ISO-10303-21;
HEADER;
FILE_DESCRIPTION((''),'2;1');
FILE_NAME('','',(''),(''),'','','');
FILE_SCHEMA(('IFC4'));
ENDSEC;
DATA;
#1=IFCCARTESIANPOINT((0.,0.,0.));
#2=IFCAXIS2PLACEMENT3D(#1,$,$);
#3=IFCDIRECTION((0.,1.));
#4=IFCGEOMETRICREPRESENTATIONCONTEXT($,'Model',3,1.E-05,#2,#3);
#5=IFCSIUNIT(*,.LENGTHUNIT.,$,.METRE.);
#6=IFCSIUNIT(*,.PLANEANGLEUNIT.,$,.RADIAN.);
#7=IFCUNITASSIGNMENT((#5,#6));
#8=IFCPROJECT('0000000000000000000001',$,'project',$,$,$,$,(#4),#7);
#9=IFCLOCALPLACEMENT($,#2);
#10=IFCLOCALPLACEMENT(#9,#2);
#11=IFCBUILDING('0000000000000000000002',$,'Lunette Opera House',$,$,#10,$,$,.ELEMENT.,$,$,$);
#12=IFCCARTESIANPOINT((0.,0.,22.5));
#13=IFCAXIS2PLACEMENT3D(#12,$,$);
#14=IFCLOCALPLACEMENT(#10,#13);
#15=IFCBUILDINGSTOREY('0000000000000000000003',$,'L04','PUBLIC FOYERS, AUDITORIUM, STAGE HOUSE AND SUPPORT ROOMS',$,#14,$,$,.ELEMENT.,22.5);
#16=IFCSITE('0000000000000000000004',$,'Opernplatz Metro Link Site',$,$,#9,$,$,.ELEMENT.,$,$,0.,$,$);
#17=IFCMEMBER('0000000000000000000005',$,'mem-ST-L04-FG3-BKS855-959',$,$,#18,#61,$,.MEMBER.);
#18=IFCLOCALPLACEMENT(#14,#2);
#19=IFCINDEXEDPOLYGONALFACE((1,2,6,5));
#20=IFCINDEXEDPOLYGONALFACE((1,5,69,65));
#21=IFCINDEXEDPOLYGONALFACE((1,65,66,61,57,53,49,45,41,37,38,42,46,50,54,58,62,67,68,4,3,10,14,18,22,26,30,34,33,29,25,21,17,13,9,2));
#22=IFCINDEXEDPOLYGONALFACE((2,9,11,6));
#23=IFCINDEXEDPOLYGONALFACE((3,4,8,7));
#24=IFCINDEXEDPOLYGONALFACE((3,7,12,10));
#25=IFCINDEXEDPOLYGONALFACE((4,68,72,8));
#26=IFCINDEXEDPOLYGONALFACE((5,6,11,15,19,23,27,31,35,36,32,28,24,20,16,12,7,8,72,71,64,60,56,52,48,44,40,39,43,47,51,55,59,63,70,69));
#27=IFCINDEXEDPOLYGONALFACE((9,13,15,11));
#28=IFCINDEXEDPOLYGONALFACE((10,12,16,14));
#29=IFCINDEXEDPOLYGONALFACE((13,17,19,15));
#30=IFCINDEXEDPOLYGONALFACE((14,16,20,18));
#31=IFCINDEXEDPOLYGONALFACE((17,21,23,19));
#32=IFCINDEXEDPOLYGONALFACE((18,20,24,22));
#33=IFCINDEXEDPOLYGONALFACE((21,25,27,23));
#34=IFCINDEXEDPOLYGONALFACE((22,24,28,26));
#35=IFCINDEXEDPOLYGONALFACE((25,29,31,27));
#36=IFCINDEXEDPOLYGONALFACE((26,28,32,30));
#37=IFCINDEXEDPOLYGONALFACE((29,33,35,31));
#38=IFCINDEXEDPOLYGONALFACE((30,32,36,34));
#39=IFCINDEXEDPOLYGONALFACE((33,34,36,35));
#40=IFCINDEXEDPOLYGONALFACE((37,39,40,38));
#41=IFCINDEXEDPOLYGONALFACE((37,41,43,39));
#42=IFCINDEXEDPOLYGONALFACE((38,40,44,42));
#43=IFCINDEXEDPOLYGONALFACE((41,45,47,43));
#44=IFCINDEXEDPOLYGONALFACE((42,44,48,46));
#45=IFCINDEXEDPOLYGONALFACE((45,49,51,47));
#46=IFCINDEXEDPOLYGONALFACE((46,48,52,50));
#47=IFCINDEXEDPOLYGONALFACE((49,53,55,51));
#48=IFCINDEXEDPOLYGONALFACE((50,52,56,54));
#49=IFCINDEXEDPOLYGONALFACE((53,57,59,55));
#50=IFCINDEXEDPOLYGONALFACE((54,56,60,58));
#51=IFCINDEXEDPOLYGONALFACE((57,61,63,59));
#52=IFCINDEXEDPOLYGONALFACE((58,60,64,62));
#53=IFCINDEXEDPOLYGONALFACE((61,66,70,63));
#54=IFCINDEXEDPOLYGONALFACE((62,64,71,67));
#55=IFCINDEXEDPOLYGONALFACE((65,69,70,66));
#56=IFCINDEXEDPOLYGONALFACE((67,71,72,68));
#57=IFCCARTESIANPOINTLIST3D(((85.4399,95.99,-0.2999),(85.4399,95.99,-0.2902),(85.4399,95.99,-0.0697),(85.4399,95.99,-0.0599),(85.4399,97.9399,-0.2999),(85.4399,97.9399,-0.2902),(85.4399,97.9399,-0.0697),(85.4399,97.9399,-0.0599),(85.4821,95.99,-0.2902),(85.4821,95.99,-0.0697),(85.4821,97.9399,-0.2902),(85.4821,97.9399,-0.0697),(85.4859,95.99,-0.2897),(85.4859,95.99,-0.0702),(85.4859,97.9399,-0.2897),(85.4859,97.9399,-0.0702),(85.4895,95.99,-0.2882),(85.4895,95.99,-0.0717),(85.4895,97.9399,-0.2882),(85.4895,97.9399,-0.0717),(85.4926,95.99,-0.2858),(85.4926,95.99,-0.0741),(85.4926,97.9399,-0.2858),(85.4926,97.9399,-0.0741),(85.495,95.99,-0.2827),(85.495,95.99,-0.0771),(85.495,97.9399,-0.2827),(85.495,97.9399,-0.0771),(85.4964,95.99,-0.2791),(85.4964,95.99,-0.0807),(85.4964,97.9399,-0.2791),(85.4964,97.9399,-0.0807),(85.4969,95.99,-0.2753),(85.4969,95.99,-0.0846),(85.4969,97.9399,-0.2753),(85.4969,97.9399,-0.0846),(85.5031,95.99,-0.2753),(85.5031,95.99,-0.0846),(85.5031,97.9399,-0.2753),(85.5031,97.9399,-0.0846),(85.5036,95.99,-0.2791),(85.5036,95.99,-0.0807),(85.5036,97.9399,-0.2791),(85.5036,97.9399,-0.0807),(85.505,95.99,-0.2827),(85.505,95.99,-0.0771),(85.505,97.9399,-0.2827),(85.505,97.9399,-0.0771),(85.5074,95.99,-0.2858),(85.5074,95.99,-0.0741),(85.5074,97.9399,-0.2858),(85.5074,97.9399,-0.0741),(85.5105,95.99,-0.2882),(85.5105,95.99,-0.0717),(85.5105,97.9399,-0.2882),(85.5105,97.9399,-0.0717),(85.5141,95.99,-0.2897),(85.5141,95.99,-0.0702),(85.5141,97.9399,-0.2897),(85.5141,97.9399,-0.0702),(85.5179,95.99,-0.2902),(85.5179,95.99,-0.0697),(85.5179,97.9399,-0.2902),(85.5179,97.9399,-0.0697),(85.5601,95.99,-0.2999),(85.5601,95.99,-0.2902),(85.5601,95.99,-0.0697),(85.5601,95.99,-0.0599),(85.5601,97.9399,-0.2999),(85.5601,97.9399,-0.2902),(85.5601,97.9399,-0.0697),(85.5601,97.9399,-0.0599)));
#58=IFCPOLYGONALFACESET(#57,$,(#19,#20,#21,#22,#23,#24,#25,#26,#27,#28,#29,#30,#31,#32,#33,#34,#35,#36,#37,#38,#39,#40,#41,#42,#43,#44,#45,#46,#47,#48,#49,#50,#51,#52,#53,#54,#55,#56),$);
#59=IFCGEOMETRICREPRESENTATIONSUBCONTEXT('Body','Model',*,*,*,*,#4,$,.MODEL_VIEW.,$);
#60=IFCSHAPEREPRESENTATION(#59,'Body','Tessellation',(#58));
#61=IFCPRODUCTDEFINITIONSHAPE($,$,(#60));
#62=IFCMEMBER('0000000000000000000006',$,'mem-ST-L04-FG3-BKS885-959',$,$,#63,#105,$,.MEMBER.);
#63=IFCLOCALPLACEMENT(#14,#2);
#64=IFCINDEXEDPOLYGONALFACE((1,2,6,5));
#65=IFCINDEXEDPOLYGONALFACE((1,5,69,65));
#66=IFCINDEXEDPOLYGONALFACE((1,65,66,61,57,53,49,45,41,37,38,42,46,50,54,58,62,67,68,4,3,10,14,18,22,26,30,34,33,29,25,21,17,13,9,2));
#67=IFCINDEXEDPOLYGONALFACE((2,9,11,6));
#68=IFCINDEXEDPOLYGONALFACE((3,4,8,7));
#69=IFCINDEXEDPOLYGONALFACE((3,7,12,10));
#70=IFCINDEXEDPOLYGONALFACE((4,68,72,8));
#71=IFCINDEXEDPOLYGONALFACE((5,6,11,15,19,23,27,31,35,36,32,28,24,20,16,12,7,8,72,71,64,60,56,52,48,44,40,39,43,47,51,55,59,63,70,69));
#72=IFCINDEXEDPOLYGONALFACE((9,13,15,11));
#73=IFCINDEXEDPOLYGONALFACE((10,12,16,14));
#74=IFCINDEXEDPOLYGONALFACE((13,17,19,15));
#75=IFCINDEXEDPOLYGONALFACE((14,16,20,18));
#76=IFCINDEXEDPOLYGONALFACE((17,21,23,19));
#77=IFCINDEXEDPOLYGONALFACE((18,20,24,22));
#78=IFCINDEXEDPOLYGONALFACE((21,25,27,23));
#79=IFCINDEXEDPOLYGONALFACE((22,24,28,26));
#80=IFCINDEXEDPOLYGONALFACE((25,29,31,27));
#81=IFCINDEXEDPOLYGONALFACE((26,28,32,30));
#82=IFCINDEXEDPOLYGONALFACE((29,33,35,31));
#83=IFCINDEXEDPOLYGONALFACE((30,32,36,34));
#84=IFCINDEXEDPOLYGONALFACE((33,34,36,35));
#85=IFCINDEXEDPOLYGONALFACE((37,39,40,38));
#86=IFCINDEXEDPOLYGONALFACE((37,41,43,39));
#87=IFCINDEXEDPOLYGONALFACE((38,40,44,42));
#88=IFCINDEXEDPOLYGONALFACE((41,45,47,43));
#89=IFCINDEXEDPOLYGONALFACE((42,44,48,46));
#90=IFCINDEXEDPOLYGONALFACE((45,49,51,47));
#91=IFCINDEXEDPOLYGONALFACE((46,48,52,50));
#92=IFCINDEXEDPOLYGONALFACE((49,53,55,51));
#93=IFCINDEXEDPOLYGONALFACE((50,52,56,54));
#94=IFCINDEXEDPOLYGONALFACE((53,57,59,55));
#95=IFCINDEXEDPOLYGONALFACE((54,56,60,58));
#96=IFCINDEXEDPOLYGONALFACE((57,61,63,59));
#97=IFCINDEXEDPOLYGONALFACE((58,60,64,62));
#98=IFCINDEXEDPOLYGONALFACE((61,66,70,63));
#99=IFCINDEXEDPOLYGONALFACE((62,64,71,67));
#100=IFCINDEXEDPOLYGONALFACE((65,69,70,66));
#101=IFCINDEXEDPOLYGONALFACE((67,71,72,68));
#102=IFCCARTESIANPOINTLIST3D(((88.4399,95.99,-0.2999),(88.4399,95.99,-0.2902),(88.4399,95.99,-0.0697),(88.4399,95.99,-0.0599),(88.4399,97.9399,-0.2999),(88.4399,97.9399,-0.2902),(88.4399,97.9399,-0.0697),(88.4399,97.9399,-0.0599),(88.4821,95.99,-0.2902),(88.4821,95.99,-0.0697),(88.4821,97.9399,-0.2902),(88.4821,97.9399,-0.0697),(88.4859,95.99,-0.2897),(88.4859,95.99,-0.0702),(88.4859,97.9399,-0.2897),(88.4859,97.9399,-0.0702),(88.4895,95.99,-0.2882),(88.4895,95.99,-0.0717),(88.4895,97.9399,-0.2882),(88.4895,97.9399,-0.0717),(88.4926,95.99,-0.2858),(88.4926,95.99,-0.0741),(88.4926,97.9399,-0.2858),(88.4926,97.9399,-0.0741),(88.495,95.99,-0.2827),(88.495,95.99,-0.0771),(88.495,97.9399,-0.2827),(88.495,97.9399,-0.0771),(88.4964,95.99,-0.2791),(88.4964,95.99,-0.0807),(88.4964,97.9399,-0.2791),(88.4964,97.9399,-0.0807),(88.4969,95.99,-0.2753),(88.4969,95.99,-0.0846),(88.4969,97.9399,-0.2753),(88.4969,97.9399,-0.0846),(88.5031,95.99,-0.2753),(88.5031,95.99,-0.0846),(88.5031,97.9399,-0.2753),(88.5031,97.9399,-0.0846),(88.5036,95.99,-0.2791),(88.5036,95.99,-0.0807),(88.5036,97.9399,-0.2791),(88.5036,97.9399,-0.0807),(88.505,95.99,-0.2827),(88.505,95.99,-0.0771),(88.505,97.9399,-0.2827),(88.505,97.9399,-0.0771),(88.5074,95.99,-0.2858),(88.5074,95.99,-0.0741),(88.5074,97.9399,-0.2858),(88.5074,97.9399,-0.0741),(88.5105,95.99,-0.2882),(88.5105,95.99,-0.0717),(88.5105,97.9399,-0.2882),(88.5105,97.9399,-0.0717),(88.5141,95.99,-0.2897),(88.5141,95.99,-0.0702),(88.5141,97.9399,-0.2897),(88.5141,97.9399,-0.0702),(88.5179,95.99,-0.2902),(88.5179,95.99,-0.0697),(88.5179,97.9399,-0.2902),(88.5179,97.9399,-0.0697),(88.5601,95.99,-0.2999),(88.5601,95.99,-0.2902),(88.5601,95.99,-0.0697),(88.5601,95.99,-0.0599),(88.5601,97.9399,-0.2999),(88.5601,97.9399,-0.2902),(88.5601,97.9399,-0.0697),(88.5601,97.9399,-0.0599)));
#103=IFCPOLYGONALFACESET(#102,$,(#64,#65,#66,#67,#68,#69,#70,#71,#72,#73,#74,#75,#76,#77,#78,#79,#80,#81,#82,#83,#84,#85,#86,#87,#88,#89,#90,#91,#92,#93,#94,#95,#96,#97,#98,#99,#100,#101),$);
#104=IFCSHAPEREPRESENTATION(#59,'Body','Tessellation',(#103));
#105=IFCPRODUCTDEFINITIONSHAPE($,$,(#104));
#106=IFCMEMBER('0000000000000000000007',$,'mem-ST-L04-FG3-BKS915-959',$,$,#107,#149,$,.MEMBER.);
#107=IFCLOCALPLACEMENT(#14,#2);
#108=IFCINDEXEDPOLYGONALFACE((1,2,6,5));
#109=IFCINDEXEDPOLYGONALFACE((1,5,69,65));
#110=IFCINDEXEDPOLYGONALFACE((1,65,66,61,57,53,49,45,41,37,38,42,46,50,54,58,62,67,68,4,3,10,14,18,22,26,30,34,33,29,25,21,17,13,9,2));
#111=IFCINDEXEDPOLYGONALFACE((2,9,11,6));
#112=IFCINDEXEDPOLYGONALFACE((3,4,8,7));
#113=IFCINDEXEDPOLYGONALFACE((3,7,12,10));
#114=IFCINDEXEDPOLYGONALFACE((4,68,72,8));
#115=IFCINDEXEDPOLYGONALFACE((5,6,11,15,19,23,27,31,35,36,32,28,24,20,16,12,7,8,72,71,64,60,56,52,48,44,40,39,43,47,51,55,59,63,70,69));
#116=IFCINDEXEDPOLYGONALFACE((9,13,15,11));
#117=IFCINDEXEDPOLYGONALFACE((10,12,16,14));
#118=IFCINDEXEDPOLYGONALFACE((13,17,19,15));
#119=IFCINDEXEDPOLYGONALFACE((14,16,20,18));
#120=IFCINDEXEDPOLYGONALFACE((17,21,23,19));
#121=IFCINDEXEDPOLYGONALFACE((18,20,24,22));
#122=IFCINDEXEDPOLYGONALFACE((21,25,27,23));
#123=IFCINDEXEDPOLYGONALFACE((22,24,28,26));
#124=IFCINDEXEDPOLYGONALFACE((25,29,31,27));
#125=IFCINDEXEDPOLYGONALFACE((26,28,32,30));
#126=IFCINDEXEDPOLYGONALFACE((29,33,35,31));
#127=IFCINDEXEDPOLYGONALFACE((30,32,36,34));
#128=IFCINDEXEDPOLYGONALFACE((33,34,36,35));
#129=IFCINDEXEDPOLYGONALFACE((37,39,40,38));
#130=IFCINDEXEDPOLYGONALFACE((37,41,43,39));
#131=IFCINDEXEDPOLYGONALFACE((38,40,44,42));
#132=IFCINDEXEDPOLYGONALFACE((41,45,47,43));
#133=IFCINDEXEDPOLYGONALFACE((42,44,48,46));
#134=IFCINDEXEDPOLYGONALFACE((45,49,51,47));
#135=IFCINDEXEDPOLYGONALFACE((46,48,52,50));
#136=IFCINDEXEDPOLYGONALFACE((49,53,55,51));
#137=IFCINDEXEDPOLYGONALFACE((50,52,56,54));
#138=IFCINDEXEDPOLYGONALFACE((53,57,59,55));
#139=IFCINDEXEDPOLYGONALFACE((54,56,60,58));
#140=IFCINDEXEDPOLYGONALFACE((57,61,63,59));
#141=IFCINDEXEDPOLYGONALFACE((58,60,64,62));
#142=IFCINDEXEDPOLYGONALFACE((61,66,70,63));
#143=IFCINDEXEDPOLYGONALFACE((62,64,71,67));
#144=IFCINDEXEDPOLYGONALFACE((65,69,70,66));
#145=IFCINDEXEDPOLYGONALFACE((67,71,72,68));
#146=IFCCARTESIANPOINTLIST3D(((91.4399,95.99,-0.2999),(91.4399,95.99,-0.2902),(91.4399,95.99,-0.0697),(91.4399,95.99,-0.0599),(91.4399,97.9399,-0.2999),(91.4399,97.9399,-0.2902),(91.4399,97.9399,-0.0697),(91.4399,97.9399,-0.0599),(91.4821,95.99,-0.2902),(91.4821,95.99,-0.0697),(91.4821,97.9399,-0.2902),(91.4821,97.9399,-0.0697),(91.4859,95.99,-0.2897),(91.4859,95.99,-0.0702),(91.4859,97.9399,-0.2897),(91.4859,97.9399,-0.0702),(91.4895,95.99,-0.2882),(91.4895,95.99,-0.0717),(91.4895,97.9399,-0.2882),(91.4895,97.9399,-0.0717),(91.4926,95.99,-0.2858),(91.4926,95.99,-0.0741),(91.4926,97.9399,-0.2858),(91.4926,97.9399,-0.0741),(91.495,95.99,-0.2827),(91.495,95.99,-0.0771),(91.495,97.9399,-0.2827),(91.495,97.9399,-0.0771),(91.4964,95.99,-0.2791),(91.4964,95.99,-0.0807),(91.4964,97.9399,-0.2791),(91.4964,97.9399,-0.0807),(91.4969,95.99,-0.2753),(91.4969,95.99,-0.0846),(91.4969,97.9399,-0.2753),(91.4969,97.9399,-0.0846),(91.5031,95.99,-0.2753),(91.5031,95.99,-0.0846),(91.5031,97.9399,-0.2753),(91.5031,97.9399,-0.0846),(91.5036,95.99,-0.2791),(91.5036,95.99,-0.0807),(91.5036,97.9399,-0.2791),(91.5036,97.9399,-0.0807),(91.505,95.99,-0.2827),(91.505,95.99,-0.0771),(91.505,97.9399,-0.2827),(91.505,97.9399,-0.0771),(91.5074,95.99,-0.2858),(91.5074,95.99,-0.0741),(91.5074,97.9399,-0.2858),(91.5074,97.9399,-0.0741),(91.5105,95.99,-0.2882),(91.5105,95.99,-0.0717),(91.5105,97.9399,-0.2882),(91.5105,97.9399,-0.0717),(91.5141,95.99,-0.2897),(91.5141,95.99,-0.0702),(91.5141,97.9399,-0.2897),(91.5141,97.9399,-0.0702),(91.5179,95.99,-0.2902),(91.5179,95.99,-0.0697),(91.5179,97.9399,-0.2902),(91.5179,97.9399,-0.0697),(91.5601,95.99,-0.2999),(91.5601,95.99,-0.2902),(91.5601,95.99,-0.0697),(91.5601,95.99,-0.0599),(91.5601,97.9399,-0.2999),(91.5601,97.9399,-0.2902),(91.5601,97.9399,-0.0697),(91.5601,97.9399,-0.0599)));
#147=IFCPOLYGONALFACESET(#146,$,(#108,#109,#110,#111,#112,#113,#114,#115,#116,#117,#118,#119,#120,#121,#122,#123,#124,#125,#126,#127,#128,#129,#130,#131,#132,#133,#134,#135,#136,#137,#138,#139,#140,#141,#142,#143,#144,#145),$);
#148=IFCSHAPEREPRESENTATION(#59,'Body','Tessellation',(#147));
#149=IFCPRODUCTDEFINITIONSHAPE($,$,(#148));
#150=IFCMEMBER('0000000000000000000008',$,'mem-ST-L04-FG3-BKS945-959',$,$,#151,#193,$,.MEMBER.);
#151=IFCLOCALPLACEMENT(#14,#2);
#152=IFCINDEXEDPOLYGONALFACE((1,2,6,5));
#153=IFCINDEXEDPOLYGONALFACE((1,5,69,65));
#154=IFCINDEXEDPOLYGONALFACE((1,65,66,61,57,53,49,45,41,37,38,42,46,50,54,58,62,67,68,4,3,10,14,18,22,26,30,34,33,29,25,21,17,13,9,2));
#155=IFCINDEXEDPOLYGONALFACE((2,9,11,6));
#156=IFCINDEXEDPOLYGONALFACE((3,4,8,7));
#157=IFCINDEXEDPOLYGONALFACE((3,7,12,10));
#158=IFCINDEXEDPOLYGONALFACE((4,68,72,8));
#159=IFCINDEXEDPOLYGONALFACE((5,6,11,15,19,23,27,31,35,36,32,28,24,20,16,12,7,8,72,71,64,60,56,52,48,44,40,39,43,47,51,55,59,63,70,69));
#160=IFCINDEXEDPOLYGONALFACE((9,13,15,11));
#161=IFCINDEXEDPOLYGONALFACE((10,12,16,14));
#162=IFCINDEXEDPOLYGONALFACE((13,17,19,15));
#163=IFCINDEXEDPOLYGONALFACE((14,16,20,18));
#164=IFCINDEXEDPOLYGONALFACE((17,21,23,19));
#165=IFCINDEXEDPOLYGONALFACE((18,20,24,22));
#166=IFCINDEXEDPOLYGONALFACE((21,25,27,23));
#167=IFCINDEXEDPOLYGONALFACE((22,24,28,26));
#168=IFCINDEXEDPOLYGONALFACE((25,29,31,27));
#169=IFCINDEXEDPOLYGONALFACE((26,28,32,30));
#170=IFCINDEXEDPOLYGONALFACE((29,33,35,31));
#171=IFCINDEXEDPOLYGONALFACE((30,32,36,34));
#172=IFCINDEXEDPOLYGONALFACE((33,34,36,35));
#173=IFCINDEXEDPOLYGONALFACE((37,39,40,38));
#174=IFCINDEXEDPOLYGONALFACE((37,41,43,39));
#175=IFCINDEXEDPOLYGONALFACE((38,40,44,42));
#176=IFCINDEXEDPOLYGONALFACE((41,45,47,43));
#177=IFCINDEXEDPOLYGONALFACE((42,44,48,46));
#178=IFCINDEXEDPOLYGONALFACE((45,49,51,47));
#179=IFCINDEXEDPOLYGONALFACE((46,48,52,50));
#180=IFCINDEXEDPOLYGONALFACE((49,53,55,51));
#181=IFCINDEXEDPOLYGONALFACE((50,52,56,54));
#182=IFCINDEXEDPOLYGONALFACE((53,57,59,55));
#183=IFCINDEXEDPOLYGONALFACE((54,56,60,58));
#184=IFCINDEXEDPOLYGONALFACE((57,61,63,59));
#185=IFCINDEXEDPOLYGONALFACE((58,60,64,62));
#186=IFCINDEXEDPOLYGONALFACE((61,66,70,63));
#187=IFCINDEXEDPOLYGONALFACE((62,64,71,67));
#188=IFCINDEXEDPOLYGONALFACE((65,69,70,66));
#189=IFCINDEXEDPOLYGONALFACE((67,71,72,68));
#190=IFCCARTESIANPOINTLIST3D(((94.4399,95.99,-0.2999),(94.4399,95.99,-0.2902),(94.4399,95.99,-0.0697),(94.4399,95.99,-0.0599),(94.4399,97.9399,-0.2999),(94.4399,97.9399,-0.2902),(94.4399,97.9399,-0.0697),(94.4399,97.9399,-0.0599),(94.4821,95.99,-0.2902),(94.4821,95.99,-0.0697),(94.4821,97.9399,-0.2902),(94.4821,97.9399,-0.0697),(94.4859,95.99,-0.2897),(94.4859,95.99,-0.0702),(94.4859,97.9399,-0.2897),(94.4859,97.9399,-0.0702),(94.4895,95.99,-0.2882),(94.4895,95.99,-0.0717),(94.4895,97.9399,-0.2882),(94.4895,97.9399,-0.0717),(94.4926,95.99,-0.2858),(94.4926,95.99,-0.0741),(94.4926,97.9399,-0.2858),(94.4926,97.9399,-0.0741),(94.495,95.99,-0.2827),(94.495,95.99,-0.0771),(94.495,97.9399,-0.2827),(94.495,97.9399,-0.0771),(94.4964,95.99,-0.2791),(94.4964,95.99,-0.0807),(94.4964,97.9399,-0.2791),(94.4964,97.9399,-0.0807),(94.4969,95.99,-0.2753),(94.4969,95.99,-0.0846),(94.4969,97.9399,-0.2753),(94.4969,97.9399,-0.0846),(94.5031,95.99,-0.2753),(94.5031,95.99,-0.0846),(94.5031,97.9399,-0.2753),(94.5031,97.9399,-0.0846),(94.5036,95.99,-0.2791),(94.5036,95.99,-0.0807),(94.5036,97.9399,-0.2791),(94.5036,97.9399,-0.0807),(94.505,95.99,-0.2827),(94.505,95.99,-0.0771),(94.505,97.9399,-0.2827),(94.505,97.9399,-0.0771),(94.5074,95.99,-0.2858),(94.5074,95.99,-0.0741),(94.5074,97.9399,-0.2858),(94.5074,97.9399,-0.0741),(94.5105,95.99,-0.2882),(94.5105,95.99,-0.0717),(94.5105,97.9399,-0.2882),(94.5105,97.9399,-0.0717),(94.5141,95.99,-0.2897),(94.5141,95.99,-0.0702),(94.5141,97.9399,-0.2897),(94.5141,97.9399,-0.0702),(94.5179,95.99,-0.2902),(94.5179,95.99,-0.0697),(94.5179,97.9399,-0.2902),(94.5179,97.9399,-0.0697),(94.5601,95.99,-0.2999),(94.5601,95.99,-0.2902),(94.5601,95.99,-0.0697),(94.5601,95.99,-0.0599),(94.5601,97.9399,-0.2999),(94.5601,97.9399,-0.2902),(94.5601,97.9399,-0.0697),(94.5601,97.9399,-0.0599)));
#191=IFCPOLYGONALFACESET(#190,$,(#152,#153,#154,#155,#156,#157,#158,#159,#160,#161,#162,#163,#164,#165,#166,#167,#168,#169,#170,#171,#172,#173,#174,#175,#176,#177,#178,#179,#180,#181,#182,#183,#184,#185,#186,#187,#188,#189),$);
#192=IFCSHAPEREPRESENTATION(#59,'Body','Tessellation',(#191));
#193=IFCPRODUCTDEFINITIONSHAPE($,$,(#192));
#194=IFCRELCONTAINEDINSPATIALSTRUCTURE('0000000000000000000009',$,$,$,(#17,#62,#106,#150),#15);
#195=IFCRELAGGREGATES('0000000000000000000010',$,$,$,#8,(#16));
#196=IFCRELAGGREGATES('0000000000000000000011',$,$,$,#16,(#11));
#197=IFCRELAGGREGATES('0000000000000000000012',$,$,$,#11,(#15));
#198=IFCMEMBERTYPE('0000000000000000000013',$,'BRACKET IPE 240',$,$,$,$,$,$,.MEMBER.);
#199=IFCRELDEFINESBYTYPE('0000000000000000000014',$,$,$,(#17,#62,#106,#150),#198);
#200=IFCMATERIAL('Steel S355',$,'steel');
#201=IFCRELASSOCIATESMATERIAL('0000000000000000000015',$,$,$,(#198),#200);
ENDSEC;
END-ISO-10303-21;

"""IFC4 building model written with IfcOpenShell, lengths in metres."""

from ifc_helpers import new_model, si_unit, direction, frame, origin, origin_2d, place, context, subcontext, project, spatial, i_section, extrude, material, material_profile, profile_set, type_object, element, save


model = new_model("IFC4")

# Units and contexts
model_context = context("Model", 3, precision=1e-05, world=origin(), true_north=direction((0.0, 1.0)))
body_context = subcontext(model_context, "Body", "Model", "MODEL_VIEW")
ifc_project = project(units=[si_unit("LENGTHUNIT", "METRE"), si_unit("PLANEANGLEUNIT", "RADIAN")], contexts=[model_context])

# Site, building, storey
site_placement = place(None, origin())
site = spatial("IfcSite", under=ifc_project, at=site_placement, Name="Opernplatz Metro Link Site", CompositionType="ELEMENT", RefElevation=0.0)
building_placement = place(site_placement, origin())
building = spatial("IfcBuilding", under=site, at=building_placement, Name="Lunette Opera House", CompositionType="ELEMENT")
storey_placement = place(building_placement, frame((0.0, 0.0, 22.5)))
storey = spatial("IfcBuildingStorey", under=building, at=storey_placement, Name="L04", Description="PUBLIC FOYERS, AUDITORIUM, STAGE HOUSE AND SUPPORT ROOMS", CompositionType="ELEMENT", Elevation=22.5)

# Members
ifc_material_1 = material(Name="Steel S355", Category="steel")
ifc_material_profile_1 = material_profile(ifc_material_1, i_section(OverallWidth=0.1201, OverallDepth=0.24, WebThickness=0.0061, FlangeThickness=0.0098, FilletRadius=0.0149, at=origin_2d()), Name="IPE 240")
ifc_profile_set_1 = profile_set([ifc_material_profile_1], Name="Steel S355")
member_type_1 = type_object("IfcMemberType", Name="BRACKET IPE 240", PredefinedType="MEMBER", material=ifc_profile_set_1)
for number, where, z_axis, x_axis, name in (
    (1, (85.5, 95.99, -0.1799), (0.0, 1.0, 0.0), (-1.0, 0.0, 0.0), "mem-ST-L04-FG3-BKS855-959"),
    (2, (88.5, 95.99, -0.1799), (0.0, 1.0, 0.0), (-1.0, 0.0, 0.0), "mem-ST-L04-FG3-BKS885-959"),
    (3, (91.5, 95.99, -0.1799), (0.0, 1.0, 0.0), (-1.0, 0.0, 0.0), "mem-ST-L04-FG3-BKS915-959"),
    (4, (94.5, 95.99, -0.1799), (0.0, 1.0, 0.0), (-1.0, 0.0, 0.0), "mem-ST-L04-FG3-BKS945-959"),
):
    element("IfcMember", number, at=place(storey_placement, frame(where, z_axis=z_axis, x_axis=x_axis)), inside=storey, type_object=member_type_1, Name=name, PredefinedType="MEMBER", context=body_context, shape_type="SweptSolid", body=[
        extrude(i_section(OverallWidth=0.1201, OverallDepth=0.24, WebThickness=0.0061, FlangeThickness=0.0098, FilletRadius=0.0149, at=origin_2d()), origin(), (0.0, 0.0, 1.0), 1.95),
    ])

save(model, "model.ifc")
